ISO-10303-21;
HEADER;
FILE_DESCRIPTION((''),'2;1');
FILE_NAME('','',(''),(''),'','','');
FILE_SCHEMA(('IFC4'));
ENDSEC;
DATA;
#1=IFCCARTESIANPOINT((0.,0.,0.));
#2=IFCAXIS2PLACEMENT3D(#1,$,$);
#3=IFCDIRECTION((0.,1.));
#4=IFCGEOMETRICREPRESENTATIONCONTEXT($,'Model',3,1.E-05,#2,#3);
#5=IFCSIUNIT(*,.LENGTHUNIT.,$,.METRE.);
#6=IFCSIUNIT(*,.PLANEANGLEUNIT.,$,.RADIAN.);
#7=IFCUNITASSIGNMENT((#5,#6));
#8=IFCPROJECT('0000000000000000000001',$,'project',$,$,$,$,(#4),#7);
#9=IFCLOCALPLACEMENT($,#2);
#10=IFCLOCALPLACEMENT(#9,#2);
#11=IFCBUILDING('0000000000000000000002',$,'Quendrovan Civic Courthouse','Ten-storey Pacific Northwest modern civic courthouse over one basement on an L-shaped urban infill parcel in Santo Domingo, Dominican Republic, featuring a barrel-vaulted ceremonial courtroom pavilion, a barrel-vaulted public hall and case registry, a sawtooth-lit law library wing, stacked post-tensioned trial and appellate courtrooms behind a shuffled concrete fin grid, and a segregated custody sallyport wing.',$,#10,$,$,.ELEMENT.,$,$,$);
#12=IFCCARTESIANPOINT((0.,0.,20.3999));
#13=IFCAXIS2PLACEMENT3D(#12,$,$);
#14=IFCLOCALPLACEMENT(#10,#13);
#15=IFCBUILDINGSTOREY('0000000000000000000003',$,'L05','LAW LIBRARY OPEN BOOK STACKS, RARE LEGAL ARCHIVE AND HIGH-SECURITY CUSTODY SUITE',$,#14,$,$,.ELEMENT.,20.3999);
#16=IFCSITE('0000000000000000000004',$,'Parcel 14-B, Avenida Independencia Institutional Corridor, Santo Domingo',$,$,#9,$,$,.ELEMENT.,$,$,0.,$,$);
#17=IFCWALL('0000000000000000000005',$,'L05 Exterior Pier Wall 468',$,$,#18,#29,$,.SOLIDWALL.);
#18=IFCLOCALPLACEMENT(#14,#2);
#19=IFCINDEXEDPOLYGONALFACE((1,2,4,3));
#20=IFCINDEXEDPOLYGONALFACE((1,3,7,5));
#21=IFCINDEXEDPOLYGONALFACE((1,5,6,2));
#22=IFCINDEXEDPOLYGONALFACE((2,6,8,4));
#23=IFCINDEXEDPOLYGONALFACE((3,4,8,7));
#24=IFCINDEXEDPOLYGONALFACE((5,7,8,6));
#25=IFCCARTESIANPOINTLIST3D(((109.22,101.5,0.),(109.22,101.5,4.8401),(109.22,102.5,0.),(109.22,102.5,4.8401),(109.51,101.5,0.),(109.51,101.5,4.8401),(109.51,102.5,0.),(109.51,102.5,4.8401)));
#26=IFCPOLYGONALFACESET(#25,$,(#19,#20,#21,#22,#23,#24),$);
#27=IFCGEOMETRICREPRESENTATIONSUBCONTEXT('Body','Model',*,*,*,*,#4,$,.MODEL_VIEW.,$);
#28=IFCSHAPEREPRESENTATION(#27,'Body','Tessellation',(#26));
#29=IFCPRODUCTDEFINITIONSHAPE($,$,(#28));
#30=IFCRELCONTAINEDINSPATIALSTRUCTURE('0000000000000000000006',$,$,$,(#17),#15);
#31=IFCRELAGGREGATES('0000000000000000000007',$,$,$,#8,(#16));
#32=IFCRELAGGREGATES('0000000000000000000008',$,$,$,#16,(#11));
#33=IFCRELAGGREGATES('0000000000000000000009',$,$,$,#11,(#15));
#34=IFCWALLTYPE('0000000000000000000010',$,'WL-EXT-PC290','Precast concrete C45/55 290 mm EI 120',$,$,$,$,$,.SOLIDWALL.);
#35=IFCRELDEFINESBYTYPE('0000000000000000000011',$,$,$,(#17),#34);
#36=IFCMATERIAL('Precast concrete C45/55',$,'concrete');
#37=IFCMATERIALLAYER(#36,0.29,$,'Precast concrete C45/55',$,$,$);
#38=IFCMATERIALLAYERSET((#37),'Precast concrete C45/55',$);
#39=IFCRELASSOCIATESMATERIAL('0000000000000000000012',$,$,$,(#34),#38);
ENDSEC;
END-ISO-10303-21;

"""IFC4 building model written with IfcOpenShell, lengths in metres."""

from ifc_helpers import new_model, si_unit, direction, frame, frame_2d, origin, place, context, subcontext, project, spatial, rectangle, extrude, material, layer, layer_set, type_object, element, save


model = new_model("IFC4")

# Units and contexts
model_context = context("Model", 3, precision=1e-05, world=origin(), true_north=direction((0.0, 1.0)))
body_context = subcontext(model_context, "Body", "Model", "MODEL_VIEW")
ifc_project = project(units=[si_unit("LENGTHUNIT", "METRE"), si_unit("PLANEANGLEUNIT", "RADIAN")], contexts=[model_context])

# Site, building, storey
site_placement = place(None, origin())
site = spatial("IfcSite", under=ifc_project, at=site_placement, Name="Parcel 14-B, Avenida Independencia Institutional Corridor, Santo Domingo", CompositionType="ELEMENT", RefElevation=0.0)
building_placement = place(site_placement, origin())
building = spatial("IfcBuilding", under=site, at=building_placement, Name="Quendrovan Civic Courthouse", Description="Ten-storey Pacific Northwest modern civic courthouse over one basement on an L-shaped urban infill parcel in Santo Domingo, Dominican Republic, featuring a barrel-vaulted ceremonial courtroom pavilion, a barrel-vaulted public hall and case registry, a sawtooth-lit law library wing, stacked post-tensioned trial and appellate courtrooms behind a shuffled concrete fin grid, and a segregated custody sallyport wing.", CompositionType="ELEMENT")
storey_placement = place(building_placement, frame((0.0, 0.0, 20.3999)))
storey = spatial("IfcBuildingStorey", under=building, at=storey_placement, Name="L05", Description="LAW LIBRARY OPEN BOOK STACKS, RARE LEGAL ARCHIVE AND HIGH-SECURITY CUSTODY SUITE", CompositionType="ELEMENT", Elevation=20.3999)

# Wall
ifc_material_1 = material(Name="Precast concrete C45/55", Category="concrete")
ifc_layer_1 = layer(ifc_material_1, 0.29, Name="Precast concrete C45/55")
ifc_layer_set_1 = layer_set([ifc_layer_1], Name="Precast concrete C45/55")
wall_type = type_object("IfcWallType", Name="WL-EXT-PC290", Description="Precast concrete C45/55 290 mm EI 120", PredefinedType="SOLIDWALL", material=ifc_layer_set_1)
wall_placement = place(storey_placement, frame((109.365, 101.5, 0.0), z_axis=(0.0, 0.0, 1.0), x_axis=(0.0, 1.0, 0.0)))
element("IfcWall", 1, at=wall_placement, inside=storey, type_object=wall_type, Name="L05 Exterior Pier Wall 468", PredefinedType="SOLIDWALL", context=body_context, shape_type="SweptSolid", body=[
    extrude(rectangle(XDim=1.0, YDim=0.29, at=frame_2d((0.5, 0.0))), origin(), (0.0, 0.0, 1.0), 4.8401),
])

save(model, "model.ifc")
